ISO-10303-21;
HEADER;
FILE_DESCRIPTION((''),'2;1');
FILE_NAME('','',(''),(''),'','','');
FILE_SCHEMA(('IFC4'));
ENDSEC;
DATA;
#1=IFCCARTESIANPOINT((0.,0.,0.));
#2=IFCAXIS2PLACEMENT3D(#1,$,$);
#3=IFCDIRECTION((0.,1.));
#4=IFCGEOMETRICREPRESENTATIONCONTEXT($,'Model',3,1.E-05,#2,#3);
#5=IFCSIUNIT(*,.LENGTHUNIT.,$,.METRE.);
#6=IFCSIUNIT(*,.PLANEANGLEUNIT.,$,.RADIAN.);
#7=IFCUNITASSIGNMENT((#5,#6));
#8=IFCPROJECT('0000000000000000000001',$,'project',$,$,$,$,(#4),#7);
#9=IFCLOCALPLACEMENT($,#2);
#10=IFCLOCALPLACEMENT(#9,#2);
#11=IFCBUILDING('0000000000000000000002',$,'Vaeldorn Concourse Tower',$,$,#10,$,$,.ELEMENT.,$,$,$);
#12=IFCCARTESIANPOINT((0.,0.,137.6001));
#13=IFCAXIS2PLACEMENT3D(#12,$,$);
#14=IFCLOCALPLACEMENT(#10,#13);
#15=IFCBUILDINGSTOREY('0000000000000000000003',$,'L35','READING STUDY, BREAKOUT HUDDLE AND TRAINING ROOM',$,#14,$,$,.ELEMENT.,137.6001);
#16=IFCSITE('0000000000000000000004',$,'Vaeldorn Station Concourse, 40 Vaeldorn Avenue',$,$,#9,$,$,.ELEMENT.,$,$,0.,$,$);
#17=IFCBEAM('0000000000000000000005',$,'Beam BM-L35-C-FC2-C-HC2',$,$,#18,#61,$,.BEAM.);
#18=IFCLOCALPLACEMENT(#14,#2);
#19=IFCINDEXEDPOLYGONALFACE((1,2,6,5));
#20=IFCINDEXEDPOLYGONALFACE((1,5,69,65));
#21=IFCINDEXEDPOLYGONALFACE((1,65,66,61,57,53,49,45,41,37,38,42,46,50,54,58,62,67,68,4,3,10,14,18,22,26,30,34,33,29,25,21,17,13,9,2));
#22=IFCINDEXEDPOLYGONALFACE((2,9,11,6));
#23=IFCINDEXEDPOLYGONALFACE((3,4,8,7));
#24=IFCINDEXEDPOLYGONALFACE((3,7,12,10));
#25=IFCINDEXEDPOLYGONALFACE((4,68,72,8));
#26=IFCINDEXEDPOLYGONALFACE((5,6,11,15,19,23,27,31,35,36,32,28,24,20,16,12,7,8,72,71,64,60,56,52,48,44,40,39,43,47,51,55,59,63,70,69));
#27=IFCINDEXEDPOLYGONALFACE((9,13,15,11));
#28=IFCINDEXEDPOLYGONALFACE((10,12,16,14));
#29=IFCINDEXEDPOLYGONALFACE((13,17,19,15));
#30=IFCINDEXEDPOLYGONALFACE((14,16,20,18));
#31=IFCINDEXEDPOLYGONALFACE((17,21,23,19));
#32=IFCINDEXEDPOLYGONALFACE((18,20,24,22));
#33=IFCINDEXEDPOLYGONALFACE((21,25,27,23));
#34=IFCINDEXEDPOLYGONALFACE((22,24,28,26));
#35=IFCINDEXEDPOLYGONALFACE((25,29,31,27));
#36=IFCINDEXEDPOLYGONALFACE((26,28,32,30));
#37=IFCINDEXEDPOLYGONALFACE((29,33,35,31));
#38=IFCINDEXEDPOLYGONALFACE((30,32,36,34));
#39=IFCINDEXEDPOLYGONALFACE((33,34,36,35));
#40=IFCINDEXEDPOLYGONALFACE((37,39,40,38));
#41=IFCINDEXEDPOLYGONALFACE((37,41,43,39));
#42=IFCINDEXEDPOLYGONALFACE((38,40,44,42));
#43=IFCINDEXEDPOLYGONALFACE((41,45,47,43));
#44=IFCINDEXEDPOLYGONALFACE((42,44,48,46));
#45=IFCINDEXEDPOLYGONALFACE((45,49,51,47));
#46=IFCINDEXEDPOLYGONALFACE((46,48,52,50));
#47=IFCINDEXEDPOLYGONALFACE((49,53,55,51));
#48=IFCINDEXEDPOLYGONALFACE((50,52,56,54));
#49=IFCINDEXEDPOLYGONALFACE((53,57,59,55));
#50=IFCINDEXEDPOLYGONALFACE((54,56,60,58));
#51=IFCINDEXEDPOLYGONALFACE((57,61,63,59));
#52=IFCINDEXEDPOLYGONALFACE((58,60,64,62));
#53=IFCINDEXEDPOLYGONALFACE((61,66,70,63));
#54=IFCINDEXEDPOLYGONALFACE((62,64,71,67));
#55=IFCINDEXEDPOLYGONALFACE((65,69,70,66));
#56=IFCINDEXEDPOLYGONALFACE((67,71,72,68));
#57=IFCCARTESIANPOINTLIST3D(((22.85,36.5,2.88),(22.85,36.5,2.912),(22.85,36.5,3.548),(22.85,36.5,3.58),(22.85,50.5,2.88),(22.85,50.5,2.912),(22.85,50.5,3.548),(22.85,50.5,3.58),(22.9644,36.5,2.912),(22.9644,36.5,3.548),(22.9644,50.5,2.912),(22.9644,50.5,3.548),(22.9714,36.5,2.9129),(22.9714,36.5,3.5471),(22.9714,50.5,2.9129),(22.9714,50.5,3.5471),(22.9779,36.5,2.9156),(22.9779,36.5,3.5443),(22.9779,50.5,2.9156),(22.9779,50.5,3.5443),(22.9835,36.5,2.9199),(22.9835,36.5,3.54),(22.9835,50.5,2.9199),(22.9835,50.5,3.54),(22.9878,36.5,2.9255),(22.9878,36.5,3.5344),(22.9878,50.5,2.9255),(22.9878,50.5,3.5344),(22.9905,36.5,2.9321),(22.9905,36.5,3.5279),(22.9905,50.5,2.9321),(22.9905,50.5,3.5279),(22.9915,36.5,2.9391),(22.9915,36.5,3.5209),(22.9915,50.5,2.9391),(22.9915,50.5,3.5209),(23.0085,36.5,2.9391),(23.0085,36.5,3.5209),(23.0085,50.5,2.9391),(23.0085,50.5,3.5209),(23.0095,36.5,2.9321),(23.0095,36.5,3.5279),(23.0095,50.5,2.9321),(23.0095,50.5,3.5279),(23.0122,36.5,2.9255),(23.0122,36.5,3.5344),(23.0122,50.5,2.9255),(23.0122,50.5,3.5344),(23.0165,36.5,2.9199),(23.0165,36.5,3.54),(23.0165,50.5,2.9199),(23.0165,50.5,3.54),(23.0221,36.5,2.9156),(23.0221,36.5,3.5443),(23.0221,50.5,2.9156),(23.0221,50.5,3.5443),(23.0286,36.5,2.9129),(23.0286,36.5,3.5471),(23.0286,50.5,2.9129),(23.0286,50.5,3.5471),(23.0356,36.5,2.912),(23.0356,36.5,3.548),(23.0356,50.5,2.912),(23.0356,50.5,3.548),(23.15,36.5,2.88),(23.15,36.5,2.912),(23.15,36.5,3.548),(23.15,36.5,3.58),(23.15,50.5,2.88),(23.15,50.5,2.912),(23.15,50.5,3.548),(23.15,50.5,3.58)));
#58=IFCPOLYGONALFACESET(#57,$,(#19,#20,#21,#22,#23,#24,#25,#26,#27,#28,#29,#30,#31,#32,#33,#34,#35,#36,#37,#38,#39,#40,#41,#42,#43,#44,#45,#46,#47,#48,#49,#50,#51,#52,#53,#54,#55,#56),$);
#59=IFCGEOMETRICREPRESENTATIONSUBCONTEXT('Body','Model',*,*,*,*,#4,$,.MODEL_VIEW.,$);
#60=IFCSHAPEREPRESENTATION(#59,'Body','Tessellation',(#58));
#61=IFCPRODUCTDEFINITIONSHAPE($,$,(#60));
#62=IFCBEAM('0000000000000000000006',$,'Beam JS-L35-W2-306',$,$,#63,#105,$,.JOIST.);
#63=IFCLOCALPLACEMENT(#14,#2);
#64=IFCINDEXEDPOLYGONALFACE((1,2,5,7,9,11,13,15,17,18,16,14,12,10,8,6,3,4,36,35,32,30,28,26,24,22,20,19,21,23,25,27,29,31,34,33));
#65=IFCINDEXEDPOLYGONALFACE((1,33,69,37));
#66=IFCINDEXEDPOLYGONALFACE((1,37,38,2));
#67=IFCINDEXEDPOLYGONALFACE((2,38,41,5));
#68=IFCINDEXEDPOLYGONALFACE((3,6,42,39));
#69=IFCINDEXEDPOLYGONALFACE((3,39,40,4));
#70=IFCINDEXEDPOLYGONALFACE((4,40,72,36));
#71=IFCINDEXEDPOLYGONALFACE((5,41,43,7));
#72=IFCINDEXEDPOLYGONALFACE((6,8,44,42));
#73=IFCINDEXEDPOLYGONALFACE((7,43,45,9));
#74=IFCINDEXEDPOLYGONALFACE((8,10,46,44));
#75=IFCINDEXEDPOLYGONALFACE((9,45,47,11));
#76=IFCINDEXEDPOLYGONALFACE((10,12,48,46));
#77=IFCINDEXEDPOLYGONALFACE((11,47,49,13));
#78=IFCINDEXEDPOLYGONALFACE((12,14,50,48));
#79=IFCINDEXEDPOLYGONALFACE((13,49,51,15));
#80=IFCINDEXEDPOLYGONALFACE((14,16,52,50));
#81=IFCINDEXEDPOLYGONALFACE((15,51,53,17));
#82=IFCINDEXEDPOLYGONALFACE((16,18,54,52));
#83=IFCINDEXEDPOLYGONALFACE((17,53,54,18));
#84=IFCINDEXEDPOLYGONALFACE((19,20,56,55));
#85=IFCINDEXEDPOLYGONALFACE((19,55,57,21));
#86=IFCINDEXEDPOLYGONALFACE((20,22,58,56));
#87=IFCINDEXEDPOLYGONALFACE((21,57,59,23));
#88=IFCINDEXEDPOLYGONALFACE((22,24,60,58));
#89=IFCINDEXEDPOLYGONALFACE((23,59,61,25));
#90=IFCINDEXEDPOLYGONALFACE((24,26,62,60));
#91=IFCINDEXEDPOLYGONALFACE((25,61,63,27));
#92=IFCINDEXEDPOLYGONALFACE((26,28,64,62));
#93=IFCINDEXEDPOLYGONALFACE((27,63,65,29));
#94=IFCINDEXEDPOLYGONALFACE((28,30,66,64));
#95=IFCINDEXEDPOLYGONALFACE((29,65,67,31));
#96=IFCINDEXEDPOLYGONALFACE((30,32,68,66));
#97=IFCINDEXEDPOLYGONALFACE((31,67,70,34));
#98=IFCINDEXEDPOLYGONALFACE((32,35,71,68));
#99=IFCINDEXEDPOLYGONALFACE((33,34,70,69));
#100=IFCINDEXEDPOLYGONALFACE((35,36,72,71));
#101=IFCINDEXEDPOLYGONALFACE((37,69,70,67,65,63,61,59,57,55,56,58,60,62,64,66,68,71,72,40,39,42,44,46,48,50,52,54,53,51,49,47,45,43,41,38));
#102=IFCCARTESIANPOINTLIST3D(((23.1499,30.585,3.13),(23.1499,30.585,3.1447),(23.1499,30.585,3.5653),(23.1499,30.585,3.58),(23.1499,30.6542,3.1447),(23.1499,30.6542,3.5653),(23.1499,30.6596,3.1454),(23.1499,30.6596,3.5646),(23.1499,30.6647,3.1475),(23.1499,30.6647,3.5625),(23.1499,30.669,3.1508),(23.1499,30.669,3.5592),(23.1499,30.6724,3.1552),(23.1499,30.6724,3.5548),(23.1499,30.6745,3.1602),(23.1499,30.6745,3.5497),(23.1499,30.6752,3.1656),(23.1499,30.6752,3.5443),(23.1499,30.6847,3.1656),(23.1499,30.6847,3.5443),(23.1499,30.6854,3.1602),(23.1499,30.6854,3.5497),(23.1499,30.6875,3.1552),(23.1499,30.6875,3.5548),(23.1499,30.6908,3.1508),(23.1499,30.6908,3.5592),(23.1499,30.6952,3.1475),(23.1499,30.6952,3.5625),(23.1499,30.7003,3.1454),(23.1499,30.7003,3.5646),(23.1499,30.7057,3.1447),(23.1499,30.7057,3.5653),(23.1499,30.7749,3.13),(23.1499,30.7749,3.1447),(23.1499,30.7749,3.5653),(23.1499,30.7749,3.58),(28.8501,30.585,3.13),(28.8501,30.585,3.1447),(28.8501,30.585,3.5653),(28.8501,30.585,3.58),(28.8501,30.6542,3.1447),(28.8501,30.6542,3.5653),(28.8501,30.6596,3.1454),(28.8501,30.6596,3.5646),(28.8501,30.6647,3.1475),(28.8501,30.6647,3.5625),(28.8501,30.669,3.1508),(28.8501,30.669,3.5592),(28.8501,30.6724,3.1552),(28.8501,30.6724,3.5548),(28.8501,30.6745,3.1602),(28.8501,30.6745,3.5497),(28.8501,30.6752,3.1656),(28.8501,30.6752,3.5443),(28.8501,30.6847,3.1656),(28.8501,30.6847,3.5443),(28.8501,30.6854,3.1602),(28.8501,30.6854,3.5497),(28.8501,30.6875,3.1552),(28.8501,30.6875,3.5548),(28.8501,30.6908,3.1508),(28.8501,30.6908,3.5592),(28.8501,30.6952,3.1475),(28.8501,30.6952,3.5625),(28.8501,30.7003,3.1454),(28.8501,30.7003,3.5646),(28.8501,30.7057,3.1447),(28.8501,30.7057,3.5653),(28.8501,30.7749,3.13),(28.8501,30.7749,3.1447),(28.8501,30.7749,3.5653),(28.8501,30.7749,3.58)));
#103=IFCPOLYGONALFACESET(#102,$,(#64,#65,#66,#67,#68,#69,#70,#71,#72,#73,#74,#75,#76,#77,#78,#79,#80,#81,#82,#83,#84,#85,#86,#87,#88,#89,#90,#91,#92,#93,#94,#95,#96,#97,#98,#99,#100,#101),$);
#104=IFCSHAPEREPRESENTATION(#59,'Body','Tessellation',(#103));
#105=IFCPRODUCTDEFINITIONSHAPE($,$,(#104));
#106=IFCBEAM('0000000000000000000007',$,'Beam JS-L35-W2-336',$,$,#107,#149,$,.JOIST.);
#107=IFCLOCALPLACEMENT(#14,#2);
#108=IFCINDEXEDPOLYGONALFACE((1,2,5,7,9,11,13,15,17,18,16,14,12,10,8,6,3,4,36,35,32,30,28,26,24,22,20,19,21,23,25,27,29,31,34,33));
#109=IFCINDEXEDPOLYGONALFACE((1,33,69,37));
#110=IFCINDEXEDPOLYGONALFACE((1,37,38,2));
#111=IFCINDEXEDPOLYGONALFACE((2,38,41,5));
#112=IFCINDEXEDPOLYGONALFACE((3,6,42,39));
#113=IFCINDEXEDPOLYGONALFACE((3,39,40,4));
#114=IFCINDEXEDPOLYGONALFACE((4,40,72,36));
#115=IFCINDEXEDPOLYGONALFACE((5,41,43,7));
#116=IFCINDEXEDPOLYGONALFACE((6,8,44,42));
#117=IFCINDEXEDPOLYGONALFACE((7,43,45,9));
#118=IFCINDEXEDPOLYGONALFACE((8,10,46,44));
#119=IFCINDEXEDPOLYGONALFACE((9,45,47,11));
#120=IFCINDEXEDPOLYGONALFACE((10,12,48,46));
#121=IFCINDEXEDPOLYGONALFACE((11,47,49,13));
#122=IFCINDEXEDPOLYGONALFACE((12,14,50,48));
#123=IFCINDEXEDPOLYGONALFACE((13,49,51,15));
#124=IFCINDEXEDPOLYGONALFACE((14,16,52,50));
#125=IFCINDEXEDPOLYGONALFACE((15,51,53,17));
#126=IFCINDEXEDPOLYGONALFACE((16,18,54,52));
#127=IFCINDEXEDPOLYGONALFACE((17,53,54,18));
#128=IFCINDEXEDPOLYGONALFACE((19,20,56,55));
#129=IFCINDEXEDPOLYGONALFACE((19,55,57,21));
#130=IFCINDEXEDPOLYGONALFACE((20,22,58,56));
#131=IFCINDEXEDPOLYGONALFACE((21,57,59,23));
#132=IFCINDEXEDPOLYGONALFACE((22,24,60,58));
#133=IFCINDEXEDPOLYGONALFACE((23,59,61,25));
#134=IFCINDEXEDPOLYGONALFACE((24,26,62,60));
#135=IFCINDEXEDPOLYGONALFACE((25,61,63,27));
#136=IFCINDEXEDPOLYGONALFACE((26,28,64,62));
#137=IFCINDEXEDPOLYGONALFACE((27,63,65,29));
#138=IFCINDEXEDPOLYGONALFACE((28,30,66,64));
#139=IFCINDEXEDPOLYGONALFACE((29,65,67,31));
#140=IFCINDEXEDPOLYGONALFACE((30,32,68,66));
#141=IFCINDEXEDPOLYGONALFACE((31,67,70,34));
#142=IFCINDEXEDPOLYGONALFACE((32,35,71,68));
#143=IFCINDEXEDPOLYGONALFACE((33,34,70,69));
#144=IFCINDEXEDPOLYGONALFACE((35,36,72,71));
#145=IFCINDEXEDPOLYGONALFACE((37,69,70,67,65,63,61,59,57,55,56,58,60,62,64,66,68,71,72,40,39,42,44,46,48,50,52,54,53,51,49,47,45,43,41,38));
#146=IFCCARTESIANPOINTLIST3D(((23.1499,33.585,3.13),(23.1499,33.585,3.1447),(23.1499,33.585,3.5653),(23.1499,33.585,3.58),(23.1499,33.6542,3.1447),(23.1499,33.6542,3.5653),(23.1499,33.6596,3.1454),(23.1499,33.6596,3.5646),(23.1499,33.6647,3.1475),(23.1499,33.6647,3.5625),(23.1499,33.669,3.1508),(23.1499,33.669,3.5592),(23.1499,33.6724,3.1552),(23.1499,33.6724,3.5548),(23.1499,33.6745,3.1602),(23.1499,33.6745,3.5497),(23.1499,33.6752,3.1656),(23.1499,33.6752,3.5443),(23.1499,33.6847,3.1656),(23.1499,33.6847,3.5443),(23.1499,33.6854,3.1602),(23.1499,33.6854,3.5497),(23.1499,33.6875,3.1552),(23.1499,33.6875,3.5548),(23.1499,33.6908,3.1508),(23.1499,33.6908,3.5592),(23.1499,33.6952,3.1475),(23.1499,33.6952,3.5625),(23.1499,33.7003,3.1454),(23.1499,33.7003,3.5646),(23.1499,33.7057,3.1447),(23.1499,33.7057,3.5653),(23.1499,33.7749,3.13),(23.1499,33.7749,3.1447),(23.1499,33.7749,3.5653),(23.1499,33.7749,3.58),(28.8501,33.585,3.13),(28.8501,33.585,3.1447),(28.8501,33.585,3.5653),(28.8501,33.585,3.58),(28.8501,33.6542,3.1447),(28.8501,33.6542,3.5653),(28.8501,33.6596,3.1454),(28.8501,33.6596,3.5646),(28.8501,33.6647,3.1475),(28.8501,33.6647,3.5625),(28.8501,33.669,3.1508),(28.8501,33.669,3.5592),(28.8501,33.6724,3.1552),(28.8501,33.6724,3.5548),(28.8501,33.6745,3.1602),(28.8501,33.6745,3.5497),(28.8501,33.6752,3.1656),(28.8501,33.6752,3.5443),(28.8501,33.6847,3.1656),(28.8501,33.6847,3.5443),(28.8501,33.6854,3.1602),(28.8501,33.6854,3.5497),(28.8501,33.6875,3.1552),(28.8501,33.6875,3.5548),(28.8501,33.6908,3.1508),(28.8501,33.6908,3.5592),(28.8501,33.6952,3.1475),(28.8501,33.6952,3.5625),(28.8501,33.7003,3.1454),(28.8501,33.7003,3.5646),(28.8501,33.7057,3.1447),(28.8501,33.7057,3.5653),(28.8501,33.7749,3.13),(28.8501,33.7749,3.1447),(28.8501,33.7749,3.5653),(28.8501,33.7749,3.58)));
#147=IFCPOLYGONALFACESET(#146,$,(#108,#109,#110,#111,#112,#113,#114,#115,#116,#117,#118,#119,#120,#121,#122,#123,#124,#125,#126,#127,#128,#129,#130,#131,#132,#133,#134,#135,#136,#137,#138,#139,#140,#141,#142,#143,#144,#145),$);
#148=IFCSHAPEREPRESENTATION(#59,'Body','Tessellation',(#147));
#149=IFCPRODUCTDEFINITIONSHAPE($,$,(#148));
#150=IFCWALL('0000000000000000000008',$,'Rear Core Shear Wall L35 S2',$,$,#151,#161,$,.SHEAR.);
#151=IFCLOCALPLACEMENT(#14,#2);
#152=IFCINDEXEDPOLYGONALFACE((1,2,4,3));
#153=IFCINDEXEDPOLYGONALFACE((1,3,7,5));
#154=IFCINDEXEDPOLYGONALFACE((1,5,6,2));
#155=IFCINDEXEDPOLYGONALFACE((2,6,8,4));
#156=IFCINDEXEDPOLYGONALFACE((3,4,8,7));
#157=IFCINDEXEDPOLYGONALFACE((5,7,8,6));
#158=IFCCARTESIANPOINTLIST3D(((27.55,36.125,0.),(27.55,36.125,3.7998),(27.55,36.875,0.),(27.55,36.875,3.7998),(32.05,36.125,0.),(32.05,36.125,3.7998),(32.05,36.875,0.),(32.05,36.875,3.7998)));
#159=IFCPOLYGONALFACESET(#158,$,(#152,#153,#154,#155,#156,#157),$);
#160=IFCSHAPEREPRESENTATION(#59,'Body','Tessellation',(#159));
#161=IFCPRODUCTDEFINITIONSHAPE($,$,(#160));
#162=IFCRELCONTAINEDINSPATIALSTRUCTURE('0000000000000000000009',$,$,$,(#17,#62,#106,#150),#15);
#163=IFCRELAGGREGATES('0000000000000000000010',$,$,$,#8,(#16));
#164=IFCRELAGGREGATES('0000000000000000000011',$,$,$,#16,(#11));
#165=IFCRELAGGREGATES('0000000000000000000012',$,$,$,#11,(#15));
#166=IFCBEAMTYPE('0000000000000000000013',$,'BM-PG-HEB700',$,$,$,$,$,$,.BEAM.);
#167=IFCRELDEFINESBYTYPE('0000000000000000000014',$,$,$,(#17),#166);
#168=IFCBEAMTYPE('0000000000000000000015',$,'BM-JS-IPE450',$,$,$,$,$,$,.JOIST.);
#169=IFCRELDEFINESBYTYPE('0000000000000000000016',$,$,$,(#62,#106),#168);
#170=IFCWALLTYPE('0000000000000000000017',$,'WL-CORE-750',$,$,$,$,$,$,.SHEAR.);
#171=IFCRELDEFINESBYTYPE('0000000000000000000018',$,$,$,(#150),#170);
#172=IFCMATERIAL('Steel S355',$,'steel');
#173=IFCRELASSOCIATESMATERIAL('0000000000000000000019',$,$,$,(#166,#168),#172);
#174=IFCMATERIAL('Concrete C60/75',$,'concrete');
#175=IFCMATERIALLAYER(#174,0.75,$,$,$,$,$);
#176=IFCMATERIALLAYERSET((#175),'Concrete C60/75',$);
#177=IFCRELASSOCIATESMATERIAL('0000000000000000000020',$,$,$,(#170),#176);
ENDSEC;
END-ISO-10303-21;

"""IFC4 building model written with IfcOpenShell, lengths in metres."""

from ifc_helpers import new_model, si_unit, direction, frame, frame_2d, origin, origin_2d, place, context, subcontext, project, spatial, rectangle, i_section, extrude, source, transform, mapped, material, layer, layer_set, material_profile, profile_set, type_object, element, save


model = new_model("IFC4")

# Units and contexts
model_context = context("Model", 3, precision=1e-05, world=origin(), true_north=direction((0.0, 1.0)))
body_context = subcontext(model_context, "Body", "Model", "MODEL_VIEW")
ifc_project = project(units=[si_unit("LENGTHUNIT", "METRE"), si_unit("PLANEANGLEUNIT", "RADIAN")], contexts=[model_context])

# Site, building, storey
site_placement = place(None, origin())
site = spatial("IfcSite", under=ifc_project, at=site_placement, Name="Vaeldorn Station Concourse, 40 Vaeldorn Avenue", CompositionType="ELEMENT", RefElevation=0.0)
building_placement = place(site_placement, origin())
building = spatial("IfcBuilding", under=site, at=building_placement, Name="Vaeldorn Concourse Tower", CompositionType="ELEMENT")
storey_placement = place(building_placement, frame((0.0, 0.0, 137.6001)))
storey = spatial("IfcBuildingStorey", under=building, at=storey_placement, Name="L35", Description="READING STUDY, BREAKOUT HUDDLE AND TRAINING ROOM", CompositionType="ELEMENT", Elevation=137.6001)

# Beams
ifc_material_1 = material(Name="Steel S355", Category="steel")
ifc_material_profile_1 = material_profile(ifc_material_1, i_section(OverallWidth=0.3, OverallDepth=0.7, WebThickness=0.0171, FlangeThickness=0.032, FilletRadius=0.0271, at=origin_2d()), Name="HEB 700")
ifc_profile_set_1 = profile_set([ifc_material_profile_1], Name="Steel S355")
beam_type_1 = type_object("IfcBeamType", Name="BM-PG-HEB700", PredefinedType="BEAM", material=ifc_profile_set_1)
shared_shape_1 = source(origin(), body_context, "Body", "SweptSolid", [
    extrude(i_section(OverallWidth=0.3, OverallDepth=0.7, WebThickness=0.0171, FlangeThickness=0.032, FilletRadius=0.0271, at=origin_2d()), origin(), (0.0, 0.0, 1.0), 14.0),
])
beam_1_placement = place(storey_placement, frame((23.0, 36.5, 3.23), z_axis=(0.0, 1.0, 0.0), x_axis=(-1.0, 0.0, 0.0)))
element("IfcBeam", 1, at=beam_1_placement, inside=storey, type_object=beam_type_1, Name="Beam BM-L35-C-FC2-C-HC2", PredefinedType="BEAM", context=body_context, shape_type="MappedRepresentation", body=[
    mapped(shared_shape_1, transform((0.0, 0.0, 0.0), scale=1.0)),
])
ifc_material_profile_2 = material_profile(ifc_material_1, i_section(OverallWidth=0.1899, OverallDepth=0.45, WebThickness=0.0095, FlangeThickness=0.0146, FilletRadius=0.021, at=origin_2d()), Name="IPE 450")
ifc_profile_set_2 = profile_set([ifc_material_profile_2], Name="Steel S355")
beam_type_2 = type_object("IfcBeamType", Name="BM-JS-IPE450", PredefinedType="JOIST", material=ifc_profile_set_2)
shared_shape_2 = source(origin(), body_context, "Body", "SweptSolid", [
    extrude(i_section(OverallWidth=0.1899, OverallDepth=0.45, WebThickness=0.0095, FlangeThickness=0.0146, FilletRadius=0.021, at=origin_2d()), origin(), (0.0, 0.0, 1.0), 5.7002),
])
for number, where, z_axis, x_axis, name in (
    (2, (23.1499, 30.6799, 3.355), (1.0, 0.0, 0.0), (0.0, 1.0, 0.0), "Beam JS-L35-W2-306"),
    (3, (23.1499, 33.6799, 3.355), (1.0, 0.0, 0.0), (0.0, 1.0, 0.0), "Beam JS-L35-W2-336"),
):
    element("IfcBeam", number, at=place(storey_placement, frame(where, z_axis=z_axis, x_axis=x_axis)), inside=storey, type_object=beam_type_2, Name=name, PredefinedType="JOIST", context=body_context, shape_type="MappedRepresentation", body=[
        mapped(shared_shape_2, transform((0.0, 0.0, 0.0), scale=1.0)),
    ])

# Wall
ifc_material_2 = material(Name="Concrete C60/75", Category="concrete")
ifc_layer = layer(ifc_material_2, 0.75)
ifc_layer_set = layer_set([ifc_layer], Name="Concrete C60/75")
wall_type = type_object("IfcWallType", Name="WL-CORE-750", PredefinedType="SHEAR", material=ifc_layer_set)
wall_placement = place(storey_placement, frame((27.55, 36.5, 0.0), z_axis=(0.0, 0.0, 1.0), x_axis=(1.0, 0.0, 0.0)))
element("IfcWall", 4, at=wall_placement, inside=storey, type_object=wall_type, Name="Rear Core Shear Wall L35 S2", PredefinedType="SHEAR", context=body_context, shape_type="SweptSolid", body=[
    extrude(rectangle(XDim=4.5, YDim=0.75, at=frame_2d((2.25, 0.0))), origin(), (0.0, 0.0, 1.0), 3.7998),
])

save(model, "model.ifc")
